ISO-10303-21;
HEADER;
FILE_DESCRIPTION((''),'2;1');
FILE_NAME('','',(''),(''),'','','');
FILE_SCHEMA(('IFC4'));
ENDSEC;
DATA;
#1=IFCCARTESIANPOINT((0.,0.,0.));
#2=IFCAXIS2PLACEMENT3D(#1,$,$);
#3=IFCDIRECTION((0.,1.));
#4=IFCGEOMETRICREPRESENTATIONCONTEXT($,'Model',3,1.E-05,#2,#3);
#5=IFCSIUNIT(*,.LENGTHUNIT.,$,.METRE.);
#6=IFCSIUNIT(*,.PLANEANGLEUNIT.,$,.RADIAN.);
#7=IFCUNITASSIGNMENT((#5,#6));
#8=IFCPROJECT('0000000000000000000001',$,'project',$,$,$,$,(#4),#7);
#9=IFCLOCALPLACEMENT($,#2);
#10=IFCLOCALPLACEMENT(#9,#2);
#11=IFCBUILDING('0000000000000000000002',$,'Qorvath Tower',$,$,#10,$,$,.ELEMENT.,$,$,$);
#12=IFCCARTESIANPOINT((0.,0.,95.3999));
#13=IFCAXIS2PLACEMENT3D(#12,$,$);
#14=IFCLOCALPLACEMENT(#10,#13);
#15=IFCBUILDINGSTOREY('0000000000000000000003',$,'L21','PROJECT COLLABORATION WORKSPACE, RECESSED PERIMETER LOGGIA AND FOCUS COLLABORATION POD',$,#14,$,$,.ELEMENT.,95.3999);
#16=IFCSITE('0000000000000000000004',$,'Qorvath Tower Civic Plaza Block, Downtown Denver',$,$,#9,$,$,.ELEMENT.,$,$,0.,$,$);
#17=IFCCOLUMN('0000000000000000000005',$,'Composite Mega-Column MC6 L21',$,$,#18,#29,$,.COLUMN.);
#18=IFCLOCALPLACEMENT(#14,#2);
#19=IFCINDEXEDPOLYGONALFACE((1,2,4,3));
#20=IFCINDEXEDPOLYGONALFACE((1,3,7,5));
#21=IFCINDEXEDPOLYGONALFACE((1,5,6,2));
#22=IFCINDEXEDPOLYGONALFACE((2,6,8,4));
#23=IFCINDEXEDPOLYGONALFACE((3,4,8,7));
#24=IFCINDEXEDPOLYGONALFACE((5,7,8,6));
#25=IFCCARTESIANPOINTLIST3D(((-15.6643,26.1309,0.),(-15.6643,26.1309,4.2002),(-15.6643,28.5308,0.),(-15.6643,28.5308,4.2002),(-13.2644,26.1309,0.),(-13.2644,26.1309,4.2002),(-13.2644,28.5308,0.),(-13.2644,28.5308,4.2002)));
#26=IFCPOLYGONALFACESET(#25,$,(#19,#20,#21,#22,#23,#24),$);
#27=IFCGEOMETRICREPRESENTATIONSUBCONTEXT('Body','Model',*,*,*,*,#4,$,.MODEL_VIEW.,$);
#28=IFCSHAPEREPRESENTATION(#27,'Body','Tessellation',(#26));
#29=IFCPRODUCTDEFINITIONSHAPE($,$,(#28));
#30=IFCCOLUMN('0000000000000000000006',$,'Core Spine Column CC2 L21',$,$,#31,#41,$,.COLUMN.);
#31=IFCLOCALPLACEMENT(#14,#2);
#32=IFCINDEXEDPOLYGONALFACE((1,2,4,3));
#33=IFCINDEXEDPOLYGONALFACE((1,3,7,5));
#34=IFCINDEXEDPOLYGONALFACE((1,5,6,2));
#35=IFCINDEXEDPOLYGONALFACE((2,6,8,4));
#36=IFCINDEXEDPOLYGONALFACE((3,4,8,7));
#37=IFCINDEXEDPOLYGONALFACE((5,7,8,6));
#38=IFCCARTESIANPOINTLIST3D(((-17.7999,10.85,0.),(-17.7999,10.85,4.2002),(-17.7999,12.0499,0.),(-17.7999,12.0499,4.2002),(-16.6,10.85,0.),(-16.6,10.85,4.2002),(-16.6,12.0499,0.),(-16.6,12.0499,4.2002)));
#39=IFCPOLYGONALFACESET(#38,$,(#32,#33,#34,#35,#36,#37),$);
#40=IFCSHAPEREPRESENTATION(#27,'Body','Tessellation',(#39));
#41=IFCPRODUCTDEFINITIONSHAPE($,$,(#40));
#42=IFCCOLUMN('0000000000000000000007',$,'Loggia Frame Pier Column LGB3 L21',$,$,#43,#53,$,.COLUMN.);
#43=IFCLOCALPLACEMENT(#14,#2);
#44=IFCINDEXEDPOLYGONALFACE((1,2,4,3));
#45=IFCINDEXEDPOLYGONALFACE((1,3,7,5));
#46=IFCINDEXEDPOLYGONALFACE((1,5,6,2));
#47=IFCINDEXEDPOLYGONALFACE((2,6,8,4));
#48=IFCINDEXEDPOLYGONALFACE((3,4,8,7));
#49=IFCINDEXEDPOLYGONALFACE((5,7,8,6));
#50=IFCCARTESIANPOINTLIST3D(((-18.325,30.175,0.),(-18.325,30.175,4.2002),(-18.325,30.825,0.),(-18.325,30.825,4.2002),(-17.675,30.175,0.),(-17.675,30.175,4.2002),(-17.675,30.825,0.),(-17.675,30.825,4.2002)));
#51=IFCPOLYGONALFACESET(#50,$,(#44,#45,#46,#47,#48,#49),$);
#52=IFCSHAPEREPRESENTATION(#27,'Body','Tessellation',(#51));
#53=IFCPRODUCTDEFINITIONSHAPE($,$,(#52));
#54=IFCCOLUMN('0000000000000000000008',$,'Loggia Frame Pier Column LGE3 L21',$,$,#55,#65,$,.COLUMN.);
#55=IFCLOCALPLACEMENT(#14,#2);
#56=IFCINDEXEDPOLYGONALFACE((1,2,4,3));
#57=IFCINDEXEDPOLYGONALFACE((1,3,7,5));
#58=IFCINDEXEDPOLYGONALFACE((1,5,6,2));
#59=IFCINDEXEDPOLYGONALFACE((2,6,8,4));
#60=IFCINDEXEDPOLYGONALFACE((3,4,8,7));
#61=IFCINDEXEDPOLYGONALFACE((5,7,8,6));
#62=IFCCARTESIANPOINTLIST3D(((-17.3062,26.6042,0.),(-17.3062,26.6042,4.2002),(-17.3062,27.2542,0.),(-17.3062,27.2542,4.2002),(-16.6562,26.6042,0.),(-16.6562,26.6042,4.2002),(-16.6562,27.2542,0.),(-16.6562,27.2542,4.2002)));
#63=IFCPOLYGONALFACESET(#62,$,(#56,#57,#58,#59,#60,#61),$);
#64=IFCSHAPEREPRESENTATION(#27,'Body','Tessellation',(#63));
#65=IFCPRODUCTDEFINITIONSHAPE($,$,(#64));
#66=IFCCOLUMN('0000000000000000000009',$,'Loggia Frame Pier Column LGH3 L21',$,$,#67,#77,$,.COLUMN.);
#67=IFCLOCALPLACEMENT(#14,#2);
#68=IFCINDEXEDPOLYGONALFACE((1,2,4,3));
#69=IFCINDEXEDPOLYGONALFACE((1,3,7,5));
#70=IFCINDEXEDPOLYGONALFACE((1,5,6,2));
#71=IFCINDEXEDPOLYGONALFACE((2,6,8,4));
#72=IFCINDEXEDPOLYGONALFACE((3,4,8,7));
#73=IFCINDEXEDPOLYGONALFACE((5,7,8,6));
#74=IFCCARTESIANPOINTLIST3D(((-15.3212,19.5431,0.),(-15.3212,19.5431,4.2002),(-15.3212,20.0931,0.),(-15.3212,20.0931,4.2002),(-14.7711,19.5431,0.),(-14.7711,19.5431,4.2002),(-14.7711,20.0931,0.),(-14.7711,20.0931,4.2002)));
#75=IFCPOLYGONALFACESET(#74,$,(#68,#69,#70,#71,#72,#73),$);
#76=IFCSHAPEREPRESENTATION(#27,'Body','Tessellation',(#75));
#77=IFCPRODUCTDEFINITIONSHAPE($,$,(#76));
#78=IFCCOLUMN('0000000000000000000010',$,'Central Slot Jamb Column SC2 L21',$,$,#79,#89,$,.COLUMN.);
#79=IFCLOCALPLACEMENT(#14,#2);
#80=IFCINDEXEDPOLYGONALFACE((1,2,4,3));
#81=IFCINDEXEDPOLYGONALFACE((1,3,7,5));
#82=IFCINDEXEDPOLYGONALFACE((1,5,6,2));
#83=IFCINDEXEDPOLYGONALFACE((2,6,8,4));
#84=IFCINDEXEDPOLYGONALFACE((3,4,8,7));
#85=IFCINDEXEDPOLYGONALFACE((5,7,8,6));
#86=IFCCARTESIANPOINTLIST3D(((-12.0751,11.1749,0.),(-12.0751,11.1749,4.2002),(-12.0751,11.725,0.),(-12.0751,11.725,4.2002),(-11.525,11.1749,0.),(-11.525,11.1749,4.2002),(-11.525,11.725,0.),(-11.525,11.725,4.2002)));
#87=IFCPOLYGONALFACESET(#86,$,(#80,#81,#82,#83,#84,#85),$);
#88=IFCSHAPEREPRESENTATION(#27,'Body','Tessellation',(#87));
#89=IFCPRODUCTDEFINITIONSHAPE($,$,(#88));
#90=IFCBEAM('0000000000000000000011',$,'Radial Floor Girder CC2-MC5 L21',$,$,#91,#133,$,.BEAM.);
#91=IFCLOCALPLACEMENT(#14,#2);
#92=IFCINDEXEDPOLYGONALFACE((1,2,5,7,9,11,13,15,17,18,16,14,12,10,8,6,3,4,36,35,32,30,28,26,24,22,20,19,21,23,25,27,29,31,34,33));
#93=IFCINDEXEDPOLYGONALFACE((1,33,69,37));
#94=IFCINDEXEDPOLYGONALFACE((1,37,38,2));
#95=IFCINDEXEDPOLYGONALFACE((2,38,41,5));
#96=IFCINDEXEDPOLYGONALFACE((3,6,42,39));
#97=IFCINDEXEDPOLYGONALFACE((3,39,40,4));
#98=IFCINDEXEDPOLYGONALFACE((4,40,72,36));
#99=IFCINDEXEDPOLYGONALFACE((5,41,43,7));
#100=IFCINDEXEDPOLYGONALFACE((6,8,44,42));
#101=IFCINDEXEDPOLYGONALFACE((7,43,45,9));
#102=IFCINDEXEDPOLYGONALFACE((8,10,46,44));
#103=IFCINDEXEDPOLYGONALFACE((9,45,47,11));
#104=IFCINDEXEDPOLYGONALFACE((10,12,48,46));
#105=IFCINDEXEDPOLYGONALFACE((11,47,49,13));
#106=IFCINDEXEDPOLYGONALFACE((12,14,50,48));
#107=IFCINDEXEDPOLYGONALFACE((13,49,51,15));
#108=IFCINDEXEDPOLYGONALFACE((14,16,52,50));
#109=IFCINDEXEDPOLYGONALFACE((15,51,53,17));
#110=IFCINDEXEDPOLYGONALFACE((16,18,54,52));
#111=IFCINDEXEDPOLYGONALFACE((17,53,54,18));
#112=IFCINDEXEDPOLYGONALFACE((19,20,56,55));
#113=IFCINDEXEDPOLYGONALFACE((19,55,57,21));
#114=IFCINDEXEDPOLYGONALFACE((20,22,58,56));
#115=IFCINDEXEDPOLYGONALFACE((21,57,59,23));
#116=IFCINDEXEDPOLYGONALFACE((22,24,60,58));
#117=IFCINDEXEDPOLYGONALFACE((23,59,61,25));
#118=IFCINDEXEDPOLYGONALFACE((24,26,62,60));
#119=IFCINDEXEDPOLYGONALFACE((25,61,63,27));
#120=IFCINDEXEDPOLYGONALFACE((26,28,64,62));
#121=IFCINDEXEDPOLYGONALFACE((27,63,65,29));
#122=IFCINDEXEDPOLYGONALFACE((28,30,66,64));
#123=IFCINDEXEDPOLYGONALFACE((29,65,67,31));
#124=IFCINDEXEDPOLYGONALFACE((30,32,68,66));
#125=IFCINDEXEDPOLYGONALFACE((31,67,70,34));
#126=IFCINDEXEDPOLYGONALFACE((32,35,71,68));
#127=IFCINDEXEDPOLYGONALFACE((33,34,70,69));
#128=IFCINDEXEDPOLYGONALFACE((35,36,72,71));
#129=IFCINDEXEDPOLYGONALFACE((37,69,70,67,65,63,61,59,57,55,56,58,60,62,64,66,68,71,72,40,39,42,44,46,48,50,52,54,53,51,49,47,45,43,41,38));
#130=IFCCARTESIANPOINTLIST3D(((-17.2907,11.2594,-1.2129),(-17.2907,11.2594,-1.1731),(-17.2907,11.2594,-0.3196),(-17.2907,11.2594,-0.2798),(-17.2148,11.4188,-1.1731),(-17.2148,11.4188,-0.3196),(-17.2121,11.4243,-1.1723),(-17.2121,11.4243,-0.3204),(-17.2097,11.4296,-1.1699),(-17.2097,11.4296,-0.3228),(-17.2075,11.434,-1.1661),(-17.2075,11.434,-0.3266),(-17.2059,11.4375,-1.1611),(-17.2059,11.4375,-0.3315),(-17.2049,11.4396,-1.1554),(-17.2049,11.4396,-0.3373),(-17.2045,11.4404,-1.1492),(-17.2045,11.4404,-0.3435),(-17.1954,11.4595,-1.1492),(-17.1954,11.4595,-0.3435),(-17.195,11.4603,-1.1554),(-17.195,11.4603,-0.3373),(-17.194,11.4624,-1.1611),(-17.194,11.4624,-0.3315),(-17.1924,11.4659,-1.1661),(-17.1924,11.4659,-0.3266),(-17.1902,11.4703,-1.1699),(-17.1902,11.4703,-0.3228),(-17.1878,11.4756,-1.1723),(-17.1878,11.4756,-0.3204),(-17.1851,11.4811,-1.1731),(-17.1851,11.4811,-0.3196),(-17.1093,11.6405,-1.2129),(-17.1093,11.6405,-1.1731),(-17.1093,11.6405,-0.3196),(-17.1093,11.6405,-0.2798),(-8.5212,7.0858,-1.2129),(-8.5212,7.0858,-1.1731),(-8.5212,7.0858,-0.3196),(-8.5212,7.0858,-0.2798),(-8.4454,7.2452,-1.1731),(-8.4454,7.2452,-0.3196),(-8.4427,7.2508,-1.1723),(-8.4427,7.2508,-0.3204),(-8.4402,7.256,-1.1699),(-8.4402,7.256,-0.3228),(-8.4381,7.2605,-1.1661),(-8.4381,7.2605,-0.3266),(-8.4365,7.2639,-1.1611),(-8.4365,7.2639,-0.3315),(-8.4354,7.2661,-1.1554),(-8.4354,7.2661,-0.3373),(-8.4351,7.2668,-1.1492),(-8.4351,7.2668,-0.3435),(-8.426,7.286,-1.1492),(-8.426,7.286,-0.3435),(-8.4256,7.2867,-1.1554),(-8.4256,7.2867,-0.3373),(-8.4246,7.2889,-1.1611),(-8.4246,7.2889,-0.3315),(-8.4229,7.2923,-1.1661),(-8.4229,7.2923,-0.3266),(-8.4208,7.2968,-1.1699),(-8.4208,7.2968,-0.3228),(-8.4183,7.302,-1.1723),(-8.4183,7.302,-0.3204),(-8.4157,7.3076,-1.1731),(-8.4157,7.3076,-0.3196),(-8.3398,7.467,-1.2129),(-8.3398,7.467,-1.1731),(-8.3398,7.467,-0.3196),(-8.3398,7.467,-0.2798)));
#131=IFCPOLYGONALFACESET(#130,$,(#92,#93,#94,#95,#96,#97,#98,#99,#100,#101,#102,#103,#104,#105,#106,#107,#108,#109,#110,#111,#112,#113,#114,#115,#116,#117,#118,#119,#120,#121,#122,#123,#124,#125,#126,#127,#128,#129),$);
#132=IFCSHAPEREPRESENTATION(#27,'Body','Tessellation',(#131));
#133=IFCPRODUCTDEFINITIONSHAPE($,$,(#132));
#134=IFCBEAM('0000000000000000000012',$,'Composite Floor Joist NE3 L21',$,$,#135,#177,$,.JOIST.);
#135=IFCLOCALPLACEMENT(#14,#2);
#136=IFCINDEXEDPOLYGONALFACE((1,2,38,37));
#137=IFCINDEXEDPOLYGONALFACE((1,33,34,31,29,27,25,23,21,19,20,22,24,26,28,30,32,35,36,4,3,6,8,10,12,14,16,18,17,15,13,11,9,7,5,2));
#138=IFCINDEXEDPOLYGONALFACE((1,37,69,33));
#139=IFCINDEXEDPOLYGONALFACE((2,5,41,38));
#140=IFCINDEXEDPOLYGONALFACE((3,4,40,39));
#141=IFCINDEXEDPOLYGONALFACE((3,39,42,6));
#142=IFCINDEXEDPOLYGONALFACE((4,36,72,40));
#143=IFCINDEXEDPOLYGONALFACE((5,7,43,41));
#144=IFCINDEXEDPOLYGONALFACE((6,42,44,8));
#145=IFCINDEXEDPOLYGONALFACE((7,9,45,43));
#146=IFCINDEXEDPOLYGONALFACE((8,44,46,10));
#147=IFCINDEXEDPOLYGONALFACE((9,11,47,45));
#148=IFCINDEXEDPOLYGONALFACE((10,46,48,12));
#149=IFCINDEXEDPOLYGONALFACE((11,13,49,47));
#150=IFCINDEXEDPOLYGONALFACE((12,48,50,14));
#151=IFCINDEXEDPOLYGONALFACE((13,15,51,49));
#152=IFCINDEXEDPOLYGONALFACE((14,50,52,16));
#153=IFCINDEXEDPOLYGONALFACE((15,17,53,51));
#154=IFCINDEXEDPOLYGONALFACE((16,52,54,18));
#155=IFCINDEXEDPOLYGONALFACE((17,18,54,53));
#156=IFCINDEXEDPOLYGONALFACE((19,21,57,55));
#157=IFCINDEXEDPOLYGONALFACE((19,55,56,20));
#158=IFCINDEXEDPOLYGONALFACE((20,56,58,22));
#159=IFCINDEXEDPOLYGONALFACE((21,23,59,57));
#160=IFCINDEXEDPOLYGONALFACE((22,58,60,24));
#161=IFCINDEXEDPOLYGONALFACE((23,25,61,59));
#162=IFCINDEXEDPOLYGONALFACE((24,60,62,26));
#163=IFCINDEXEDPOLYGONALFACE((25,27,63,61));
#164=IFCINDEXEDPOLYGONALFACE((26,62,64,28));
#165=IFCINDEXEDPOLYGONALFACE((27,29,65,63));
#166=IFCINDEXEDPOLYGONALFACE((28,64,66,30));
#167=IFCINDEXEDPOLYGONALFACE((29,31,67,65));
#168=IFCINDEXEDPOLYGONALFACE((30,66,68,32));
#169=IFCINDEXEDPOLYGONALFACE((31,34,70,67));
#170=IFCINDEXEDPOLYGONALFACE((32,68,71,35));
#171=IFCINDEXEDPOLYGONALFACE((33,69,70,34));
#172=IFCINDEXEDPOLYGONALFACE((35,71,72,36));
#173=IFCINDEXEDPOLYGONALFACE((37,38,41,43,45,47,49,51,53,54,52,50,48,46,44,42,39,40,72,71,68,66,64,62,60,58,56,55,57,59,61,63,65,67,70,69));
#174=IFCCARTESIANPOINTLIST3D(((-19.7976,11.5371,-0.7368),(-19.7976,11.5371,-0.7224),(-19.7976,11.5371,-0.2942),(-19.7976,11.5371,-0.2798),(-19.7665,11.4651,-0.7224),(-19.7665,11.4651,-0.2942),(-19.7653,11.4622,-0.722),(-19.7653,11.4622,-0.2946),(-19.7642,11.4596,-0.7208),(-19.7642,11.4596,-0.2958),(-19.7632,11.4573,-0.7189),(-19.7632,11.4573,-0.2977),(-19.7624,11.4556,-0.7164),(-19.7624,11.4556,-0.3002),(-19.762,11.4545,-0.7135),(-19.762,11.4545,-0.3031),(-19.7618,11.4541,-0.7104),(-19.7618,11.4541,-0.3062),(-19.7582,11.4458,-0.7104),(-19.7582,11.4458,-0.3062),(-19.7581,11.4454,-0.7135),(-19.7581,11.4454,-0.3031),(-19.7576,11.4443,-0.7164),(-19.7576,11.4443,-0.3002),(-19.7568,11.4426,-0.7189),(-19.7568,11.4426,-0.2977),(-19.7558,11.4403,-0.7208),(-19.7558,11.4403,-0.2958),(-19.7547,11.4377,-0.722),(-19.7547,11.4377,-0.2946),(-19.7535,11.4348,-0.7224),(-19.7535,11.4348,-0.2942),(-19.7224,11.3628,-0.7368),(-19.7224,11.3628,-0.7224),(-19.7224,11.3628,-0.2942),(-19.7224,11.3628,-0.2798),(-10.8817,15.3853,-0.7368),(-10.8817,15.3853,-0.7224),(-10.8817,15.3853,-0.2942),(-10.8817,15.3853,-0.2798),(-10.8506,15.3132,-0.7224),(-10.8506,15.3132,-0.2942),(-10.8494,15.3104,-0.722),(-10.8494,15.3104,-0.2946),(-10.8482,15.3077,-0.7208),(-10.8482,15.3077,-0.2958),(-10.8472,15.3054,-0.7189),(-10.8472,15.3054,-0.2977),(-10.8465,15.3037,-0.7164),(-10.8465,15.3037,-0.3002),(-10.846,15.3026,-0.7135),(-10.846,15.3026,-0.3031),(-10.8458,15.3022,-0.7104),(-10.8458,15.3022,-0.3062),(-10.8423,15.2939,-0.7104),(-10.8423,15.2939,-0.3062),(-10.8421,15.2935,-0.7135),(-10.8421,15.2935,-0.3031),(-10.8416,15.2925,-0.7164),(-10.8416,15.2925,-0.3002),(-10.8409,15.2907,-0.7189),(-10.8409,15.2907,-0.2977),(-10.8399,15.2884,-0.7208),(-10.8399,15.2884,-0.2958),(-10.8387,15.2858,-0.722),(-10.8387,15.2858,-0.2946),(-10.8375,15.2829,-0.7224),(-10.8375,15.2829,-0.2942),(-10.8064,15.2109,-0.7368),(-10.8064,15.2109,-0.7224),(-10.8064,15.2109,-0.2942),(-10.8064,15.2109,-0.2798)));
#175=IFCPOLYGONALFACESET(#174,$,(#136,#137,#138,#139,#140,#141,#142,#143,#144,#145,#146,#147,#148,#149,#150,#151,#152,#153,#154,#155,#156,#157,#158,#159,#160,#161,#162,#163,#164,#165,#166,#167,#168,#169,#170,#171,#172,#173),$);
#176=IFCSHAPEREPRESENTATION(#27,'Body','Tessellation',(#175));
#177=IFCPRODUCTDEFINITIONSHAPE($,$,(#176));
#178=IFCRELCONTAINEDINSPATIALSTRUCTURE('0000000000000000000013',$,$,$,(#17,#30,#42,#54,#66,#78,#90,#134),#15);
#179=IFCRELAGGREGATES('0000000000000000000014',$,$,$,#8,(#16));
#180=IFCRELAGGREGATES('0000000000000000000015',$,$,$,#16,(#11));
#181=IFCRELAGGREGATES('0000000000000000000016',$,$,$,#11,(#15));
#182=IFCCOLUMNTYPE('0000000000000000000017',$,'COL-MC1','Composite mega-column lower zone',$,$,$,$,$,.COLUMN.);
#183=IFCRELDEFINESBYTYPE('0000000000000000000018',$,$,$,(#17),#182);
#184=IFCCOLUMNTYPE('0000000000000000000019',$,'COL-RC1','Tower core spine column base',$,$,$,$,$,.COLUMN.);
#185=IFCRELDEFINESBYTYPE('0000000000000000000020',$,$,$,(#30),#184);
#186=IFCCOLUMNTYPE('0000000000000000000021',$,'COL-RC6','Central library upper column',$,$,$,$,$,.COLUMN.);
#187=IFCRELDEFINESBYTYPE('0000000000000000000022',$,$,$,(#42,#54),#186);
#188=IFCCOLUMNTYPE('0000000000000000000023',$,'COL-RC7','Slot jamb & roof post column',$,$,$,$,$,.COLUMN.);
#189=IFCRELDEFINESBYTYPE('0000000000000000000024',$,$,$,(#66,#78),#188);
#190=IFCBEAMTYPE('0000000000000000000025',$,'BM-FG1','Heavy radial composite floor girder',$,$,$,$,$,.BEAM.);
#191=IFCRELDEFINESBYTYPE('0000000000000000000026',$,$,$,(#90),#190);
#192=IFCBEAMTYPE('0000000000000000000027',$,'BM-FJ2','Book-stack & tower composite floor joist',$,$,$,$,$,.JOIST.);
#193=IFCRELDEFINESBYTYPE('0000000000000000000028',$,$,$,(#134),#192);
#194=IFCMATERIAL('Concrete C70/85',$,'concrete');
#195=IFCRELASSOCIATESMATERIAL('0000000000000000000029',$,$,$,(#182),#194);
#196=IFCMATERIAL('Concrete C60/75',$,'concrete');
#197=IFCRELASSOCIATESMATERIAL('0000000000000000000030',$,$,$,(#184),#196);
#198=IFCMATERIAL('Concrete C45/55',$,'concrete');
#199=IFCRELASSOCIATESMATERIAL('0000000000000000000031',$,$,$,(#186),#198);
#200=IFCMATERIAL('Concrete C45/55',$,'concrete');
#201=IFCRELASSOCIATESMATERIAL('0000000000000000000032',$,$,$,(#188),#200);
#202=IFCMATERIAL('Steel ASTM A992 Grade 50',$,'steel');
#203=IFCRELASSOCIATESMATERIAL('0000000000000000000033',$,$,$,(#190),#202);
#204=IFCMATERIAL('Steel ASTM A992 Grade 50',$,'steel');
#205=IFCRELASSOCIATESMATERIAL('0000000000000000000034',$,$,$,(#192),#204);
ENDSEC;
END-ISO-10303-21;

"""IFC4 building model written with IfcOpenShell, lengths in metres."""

from ifc_helpers import new_model, si_unit, direction, frame, origin, origin_2d, place, context, subcontext, project, spatial, rectangle, i_section, extrude, material, material_profile, profile_set, type_object, element, save


model = new_model("IFC4")

# Units and contexts
model_context = context("Model", 3, precision=1e-05, world=origin(), true_north=direction((0.0, 1.0)))
body_context = subcontext(model_context, "Body", "Model", "MODEL_VIEW")
ifc_project = project(units=[si_unit("LENGTHUNIT", "METRE"), si_unit("PLANEANGLEUNIT", "RADIAN")], contexts=[model_context])

# Site, building, storey
site_placement = place(None, origin())
site = spatial("IfcSite", under=ifc_project, at=site_placement, Name="Qorvath Tower Civic Plaza Block, Downtown Denver", CompositionType="ELEMENT", RefElevation=0.0)
building_placement = place(site_placement, origin())
building = spatial("IfcBuilding", under=site, at=building_placement, Name="Qorvath Tower", CompositionType="ELEMENT")
storey_placement = place(building_placement, frame((0.0, 0.0, 95.3999)))
storey = spatial("IfcBuildingStorey", under=building, at=storey_placement, Name="L21", Description="PROJECT COLLABORATION WORKSPACE, RECESSED PERIMETER LOGGIA AND FOCUS COLLABORATION POD", CompositionType="ELEMENT", Elevation=95.3999)

# Columns
ifc_material_1 = material(Name="Concrete C70/85", Category="concrete")
ifc_material_profile_1 = material_profile(ifc_material_1, rectangle(XDim=2.3999, YDim=2.3999, at=origin_2d()), Name="MC 2400x2400")
ifc_profile_set_1 = profile_set([ifc_material_profile_1], Name="Concrete C70/85")
column_type_1 = type_object("IfcColumnType", Name="COL-MC1", Description="Composite mega-column lower zone", PredefinedType="COLUMN", material=ifc_profile_set_1)
column_1_placement = place(storey_placement, frame((-14.4644, 27.3308, 0.0), z_axis=(0.0, 0.0, 1.0), x_axis=(1.0, 0.0, 0.0)))
element("IfcColumn", 1, at=column_1_placement, inside=storey, type_object=column_type_1, Name="Composite Mega-Column MC6 L21", PredefinedType="COLUMN", context=body_context, shape_type="SweptSolid", body=[
    extrude(rectangle(XDim=2.3999, YDim=2.3999, at=origin_2d()), origin(), (0.0, 0.0, 1.0), 4.2002),
])
ifc_material_2 = material(Name="Concrete C60/75", Category="concrete")
ifc_material_profile_2 = material_profile(ifc_material_2, rectangle(XDim=1.2, YDim=1.2, at=origin_2d()), Name="RC 1200x1200")
ifc_profile_set_2 = profile_set([ifc_material_profile_2], Name="Concrete C60/75")
column_type_2 = type_object("IfcColumnType", Name="COL-RC1", Description="Tower core spine column base", PredefinedType="COLUMN", material=ifc_profile_set_2)
column_2_placement = place(storey_placement, frame((-17.2, 11.45, 0.0), z_axis=(0.0, 0.0, 1.0), x_axis=(1.0, 0.0, 0.0)))
element("IfcColumn", 2, at=column_2_placement, inside=storey, type_object=column_type_2, Name="Core Spine Column CC2 L21", PredefinedType="COLUMN", context=body_context, shape_type="SweptSolid", body=[
    extrude(rectangle(XDim=1.2, YDim=1.2, at=origin_2d()), origin(), (0.0, 0.0, 1.0), 4.2002),
])
ifc_material_3 = material(Name="Concrete C45/55", Category="concrete")
ifc_material_profile_3 = material_profile(ifc_material_3, rectangle(XDim=0.6499, YDim=0.6499, at=origin_2d()), Name="RC 650x650")
ifc_profile_set_3 = profile_set([ifc_material_profile_3], Name="Concrete C45/55")
column_type_3 = type_object("IfcColumnType", Name="COL-RC6", Description="Central library upper column", PredefinedType="COLUMN", material=ifc_profile_set_3)
for number, where, z_axis, x_axis, name in (
    (3, (-18.0, 30.5, 0.0), (0.0, 0.0, 1.0), (1.0, 0.0, 0.0), "Loggia Frame Pier Column LGB3 L21"),
    (4, (-16.9812, 26.9292, 0.0), (0.0, 0.0, 1.0), (1.0, 0.0, 0.0), "Loggia Frame Pier Column LGE3 L21"),
):
    element("IfcColumn", number, at=place(storey_placement, frame(where, z_axis=z_axis, x_axis=x_axis)), inside=storey, type_object=column_type_3, Name=name, PredefinedType="COLUMN", context=body_context, shape_type="SweptSolid", body=[
        extrude(rectangle(XDim=0.6499, YDim=0.6499, at=origin_2d()), origin(), (0.0, 0.0, 1.0), 4.2002),
    ])
ifc_material_4 = material(Name="Concrete C45/55", Category="concrete")
ifc_material_profile_4 = material_profile(ifc_material_4, rectangle(XDim=0.55, YDim=0.55, at=origin_2d()), Name="RC 550x550")
ifc_profile_set_4 = profile_set([ifc_material_profile_4], Name="Concrete C45/55")
column_type_4 = type_object("IfcColumnType", Name="COL-RC7", Description="Slot jamb & roof post column", PredefinedType="COLUMN", material=ifc_profile_set_4)
for number, where, z_axis, x_axis, name in (
    (5, (-15.0461, 19.8181, 0.0), (0.0, 0.0, 1.0), (1.0, 0.0, 0.0), "Loggia Frame Pier Column LGH3 L21"),
    (6, (-11.8, 11.45, 0.0), (0.0, 0.0, 1.0), (1.0, 0.0, 0.0), "Central Slot Jamb Column SC2 L21"),
):
    element("IfcColumn", number, at=place(storey_placement, frame(where, z_axis=z_axis, x_axis=x_axis)), inside=storey, type_object=column_type_4, Name=name, PredefinedType="COLUMN", context=body_context, shape_type="SweptSolid", body=[
        extrude(rectangle(XDim=0.55, YDim=0.55, at=origin_2d()), origin(), (0.0, 0.0, 1.0), 4.2002),
    ])

# Beams
ifc_material_5 = material(Name="Steel ASTM A992 Grade 50", Category="steel")
ifc_material_profile_5 = material_profile(ifc_material_5, i_section(OverallWidth=0.4221, OverallDepth=0.9331, WebThickness=0.0212, FlangeThickness=0.0398, FilletRadius=0.0239, at=origin_2d()), Name="W36x262")
ifc_profile_set_5 = profile_set([ifc_material_profile_5], Name="Steel ASTM A992 Grade 50")
beam_type_1 = type_object("IfcBeamType", Name="BM-FG1", Description="Heavy radial composite floor girder", PredefinedType="BEAM", material=ifc_profile_set_5)
beam_1_placement = place(storey_placement, frame((-17.2, 11.45, -0.7463), z_axis=(0.902956, -0.429734, 0.0), x_axis=(0.429734, 0.902956, 0.0)))
element("IfcBeam", 7, at=beam_1_placement, inside=storey, type_object=beam_type_1, Name="Radial Floor Girder CC2-MC5 L21", PredefinedType="BEAM", context=body_context, shape_type="SweptSolid", body=[
    extrude(i_section(OverallWidth=0.4221, OverallDepth=0.9331, WebThickness=0.0212, FlangeThickness=0.0398, FilletRadius=0.0239, at=origin_2d()), origin(), (0.0, 0.0, 1.0), 9.7119),
])
ifc_material_6 = material(Name="Steel ASTM A992 Grade 50", Category="steel")
ifc_material_profile_6 = material_profile(ifc_material_6, i_section(OverallWidth=0.1899, OverallDepth=0.457, WebThickness=0.009, FlangeThickness=0.0144, FilletRadius=0.012, at=origin_2d()), Name="W18x50")
ifc_profile_set_6 = profile_set([ifc_material_profile_6], Name="Steel ASTM A992 Grade 50")
beam_type_2 = type_object("IfcBeamType", Name="BM-FJ2", Description="Book-stack & tower composite floor joist", PredefinedType="JOIST", material=ifc_profile_set_6)
beam_2_placement = place(storey_placement, frame((-19.76, 11.45, -0.5083), z_axis=(0.918136, 0.396266, 0.0), x_axis=(-0.396266, 0.918136, 0.0)))
element("IfcBeam", 8, at=beam_2_placement, inside=storey, type_object=beam_type_2, Name="Composite Floor Joist NE3 L21", PredefinedType="JOIST", context=body_context, shape_type="SweptSolid", body=[
    extrude(i_section(OverallWidth=0.1899, OverallDepth=0.457, WebThickness=0.009, FlangeThickness=0.0144, FilletRadius=0.012, at=origin_2d()), origin(), (0.0, 0.0, 1.0), 9.7109),
])

save(model, "model.ifc")
